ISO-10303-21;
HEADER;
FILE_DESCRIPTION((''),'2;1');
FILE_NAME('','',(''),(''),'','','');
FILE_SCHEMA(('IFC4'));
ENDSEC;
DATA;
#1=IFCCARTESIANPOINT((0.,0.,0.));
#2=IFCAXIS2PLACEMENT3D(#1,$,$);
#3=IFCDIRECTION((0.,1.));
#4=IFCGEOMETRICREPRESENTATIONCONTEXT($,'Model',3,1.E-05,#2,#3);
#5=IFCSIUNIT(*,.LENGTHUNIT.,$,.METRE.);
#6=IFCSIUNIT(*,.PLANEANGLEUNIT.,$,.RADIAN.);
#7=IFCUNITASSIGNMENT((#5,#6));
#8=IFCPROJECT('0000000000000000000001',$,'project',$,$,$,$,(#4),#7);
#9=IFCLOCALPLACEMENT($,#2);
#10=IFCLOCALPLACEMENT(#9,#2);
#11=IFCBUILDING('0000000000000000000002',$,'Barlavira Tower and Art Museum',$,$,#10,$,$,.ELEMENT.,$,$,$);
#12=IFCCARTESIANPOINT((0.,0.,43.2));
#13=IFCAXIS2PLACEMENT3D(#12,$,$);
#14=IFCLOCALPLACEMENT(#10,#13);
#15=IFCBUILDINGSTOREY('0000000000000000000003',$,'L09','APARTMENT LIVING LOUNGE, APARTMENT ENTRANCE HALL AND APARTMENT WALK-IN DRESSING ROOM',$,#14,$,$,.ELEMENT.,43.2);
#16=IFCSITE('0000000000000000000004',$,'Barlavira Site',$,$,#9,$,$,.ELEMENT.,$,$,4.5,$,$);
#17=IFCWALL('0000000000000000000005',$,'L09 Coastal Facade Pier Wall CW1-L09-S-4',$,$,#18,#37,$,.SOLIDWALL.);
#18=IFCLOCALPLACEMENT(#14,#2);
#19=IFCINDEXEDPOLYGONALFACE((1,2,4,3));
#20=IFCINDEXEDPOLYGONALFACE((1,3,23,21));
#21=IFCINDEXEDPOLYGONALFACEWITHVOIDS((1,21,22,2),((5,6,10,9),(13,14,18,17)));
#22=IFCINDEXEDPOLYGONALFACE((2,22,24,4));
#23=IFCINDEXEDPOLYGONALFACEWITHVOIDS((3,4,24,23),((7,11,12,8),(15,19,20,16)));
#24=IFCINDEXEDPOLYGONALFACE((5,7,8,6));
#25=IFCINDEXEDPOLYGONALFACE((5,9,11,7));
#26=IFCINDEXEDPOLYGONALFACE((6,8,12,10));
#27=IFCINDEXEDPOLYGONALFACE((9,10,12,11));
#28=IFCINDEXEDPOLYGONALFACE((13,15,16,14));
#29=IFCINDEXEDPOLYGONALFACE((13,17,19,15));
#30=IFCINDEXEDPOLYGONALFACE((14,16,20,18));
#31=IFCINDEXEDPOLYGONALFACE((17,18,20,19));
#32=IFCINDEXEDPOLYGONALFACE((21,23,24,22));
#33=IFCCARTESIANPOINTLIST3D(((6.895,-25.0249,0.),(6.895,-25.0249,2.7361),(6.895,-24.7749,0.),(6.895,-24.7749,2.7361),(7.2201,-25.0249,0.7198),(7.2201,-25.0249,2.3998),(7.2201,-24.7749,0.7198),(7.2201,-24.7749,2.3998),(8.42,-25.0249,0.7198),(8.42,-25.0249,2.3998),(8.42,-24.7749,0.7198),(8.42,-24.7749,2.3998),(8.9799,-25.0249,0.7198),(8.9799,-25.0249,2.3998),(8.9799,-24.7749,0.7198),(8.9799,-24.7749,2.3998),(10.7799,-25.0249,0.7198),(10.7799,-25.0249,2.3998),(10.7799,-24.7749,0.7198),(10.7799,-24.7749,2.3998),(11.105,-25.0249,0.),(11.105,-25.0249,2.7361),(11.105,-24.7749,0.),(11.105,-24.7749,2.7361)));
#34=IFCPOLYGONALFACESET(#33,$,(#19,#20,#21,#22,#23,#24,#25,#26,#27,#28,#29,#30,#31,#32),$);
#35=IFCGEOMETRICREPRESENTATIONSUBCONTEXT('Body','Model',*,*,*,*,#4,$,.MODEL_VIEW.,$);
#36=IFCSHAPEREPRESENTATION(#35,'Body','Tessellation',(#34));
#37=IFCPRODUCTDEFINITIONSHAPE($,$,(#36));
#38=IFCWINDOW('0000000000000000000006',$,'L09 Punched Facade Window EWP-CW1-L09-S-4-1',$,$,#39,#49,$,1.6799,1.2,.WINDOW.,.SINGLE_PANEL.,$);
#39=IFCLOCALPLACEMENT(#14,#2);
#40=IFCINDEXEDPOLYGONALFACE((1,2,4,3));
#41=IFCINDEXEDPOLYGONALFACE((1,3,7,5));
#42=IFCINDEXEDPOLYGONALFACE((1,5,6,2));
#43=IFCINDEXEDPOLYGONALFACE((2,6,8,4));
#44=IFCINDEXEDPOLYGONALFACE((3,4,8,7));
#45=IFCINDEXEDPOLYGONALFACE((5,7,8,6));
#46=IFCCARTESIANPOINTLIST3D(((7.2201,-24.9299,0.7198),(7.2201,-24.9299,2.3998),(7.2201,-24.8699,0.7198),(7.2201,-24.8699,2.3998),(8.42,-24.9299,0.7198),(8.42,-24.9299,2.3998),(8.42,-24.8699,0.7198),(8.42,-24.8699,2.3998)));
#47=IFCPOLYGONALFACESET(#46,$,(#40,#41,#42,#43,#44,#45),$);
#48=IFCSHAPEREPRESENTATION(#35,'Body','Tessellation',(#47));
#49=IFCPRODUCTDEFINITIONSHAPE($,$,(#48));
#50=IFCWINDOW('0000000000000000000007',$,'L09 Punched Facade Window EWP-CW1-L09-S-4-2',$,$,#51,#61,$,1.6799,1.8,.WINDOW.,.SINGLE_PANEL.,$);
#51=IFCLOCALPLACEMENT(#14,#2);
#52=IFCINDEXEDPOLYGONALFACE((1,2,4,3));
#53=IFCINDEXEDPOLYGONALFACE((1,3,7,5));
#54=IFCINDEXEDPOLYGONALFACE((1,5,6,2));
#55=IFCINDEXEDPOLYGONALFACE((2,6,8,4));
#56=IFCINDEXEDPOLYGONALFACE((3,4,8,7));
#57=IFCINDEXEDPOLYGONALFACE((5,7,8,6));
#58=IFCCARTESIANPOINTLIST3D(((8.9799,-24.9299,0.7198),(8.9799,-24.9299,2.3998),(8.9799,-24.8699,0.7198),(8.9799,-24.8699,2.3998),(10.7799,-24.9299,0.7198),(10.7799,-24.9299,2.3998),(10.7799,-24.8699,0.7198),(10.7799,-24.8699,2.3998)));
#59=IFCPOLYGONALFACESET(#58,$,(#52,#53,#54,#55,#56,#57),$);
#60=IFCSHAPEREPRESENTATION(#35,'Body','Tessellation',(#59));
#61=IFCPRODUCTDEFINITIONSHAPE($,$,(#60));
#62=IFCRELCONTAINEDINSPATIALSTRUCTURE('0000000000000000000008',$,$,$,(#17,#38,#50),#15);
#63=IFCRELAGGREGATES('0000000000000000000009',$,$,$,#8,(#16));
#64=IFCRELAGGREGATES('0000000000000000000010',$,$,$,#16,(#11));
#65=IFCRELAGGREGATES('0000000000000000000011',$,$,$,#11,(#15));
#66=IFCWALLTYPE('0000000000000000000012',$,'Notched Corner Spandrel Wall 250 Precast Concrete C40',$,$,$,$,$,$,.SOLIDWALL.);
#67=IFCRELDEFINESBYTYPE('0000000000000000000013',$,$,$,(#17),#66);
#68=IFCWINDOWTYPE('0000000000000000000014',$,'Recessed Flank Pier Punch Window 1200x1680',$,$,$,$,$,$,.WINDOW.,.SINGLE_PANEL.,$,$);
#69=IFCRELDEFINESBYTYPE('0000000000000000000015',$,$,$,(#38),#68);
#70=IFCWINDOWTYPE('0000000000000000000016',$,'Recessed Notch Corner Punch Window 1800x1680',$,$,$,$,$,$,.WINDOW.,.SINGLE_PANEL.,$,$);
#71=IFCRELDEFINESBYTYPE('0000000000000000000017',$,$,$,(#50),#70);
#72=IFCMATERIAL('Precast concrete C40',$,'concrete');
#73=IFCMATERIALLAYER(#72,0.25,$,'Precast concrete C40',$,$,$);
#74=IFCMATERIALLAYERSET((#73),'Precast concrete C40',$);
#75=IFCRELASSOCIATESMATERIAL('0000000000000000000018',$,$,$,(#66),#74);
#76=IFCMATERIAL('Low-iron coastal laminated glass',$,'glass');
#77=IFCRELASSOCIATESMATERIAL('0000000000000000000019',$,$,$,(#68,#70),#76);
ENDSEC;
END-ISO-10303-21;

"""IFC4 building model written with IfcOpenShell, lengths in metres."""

from ifc_helpers import new_model, si_unit, direction, frame, frame_2d, origin, place, context, subcontext, project, spatial, rectangle, extrude, material, layer, layer_set, type_object, element, fill, save


model = new_model("IFC4")

# Units and contexts
model_context = context("Model", 3, precision=1e-05, world=origin(), true_north=direction((0.0, 1.0)))
body_context = subcontext(model_context, "Body", "Model", "MODEL_VIEW")
ifc_project = project(units=[si_unit("LENGTHUNIT", "METRE"), si_unit("PLANEANGLEUNIT", "RADIAN")], contexts=[model_context])

# Site, building, storey
site_placement = place(None, origin())
site = spatial("IfcSite", under=ifc_project, at=site_placement, Name="Barlavira Site", CompositionType="ELEMENT", RefElevation=4.5)
building_placement = place(site_placement, origin())
building = spatial("IfcBuilding", under=site, at=building_placement, Name="Barlavira Tower and Art Museum", CompositionType="ELEMENT")
storey_placement = place(building_placement, frame((0.0, 0.0, 43.2)))
storey = spatial("IfcBuildingStorey", under=building, at=storey_placement, Name="L09", Description="APARTMENT LIVING LOUNGE, APARTMENT ENTRANCE HALL AND APARTMENT WALK-IN DRESSING ROOM", CompositionType="ELEMENT", Elevation=43.2)

# Shared definitions
ifc_material_1 = material(Name="Low-iron coastal laminated glass", Category="glass")

# Wall, openings, windows
ifc_material_2 = material(Name="Precast concrete C40", Category="concrete")
ifc_layer_1 = layer(ifc_material_2, 0.25, Name="Precast concrete C40")
ifc_layer_set_1 = layer_set([ifc_layer_1], Name="Precast concrete C40")
wall_type_1 = type_object("IfcWallType", Name="Notched Corner Spandrel Wall 250 Precast Concrete C40", PredefinedType="SOLIDWALL", material=ifc_layer_set_1)
wall_1_placement = place(storey_placement, frame((6.895, -24.8999, 0.0), z_axis=(0.0, 0.0, 1.0), x_axis=(1.0, 0.0, 0.0)))
wall_1 = element("IfcWall", 1, at=wall_1_placement, inside=storey, type_object=wall_type_1, Name="L09 Coastal Facade Pier Wall CW1-L09-S-4", PredefinedType="SOLIDWALL", context=body_context, shape_type="SweptSolid", body=[
    extrude(rectangle(XDim=4.21, YDim=0.25, at=frame_2d((2.105, 0.0))), origin(), (0.0, 0.0, 1.0), 2.7361),
])
opening_1_placement = place(wall_1_placement, frame((0.325, 0.0, 0.72)))
opening_1 = element("IfcOpeningElement", 2, at=opening_1_placement, cuts=wall_1, PredefinedType="OPENING", context=body_context, shape_type="SweptSolid", body=[
    extrude(rectangle(XDim=1.2, YDim=1.6799, at=frame_2d((0.6001, 0.8398))), frame((0.0, 0.135, 0.0), z_axis=(0.0, -1.0, 0.0), x_axis=(1.0, 0.0, 0.0)), (0.0, 0.0, 1.0), 0.27),
])
opening_2_placement = place(wall_1_placement, frame((2.085, 0.0, 0.72)))
opening_2 = element("IfcOpeningElement", 3, at=opening_2_placement, cuts=wall_1, PredefinedType="OPENING", context=body_context, shape_type="SweptSolid", body=[
    extrude(rectangle(XDim=1.8, YDim=1.6799, at=frame_2d((0.8999, 0.8398))), frame((0.0, 0.135, 0.0), z_axis=(0.0, -1.0, 0.0), x_axis=(1.0, 0.0, 0.0)), (0.0, 0.0, 1.0), 0.27),
])
window_type_1 = type_object("IfcWindowType", Name="Recessed Flank Pier Punch Window 1200x1680", PartitioningType="SINGLE_PANEL", PredefinedType="WINDOW", material=ifc_material_1)
window_1_placement = place(opening_1_placement, origin())
window_1 = element("IfcWindow", 4, at=window_1_placement, inside=storey, type_object=window_type_1, Name="L09 Punched Facade Window EWP-CW1-L09-S-4-1", OverallHeight=1.6799, OverallWidth=1.2, PartitioningType="SINGLE_PANEL", PredefinedType="WINDOW", context=body_context, shape_type="SweptSolid", body=[
    extrude(rectangle(XDim=1.2, YDim=1.6799, at=frame_2d((0.6001, 0.8398))), frame((0.0, 0.03, 0.0), z_axis=(0.0, -1.0, 0.0), x_axis=(1.0, 0.0, 0.0)), (0.0, 0.0, 1.0), 0.0601),
])
fill(opening_1, window_1)
window_type_2 = type_object("IfcWindowType", Name="Recessed Notch Corner Punch Window 1800x1680", PartitioningType="SINGLE_PANEL", PredefinedType="WINDOW", material=ifc_material_1)
window_2_placement = place(opening_2_placement, origin())
window_2 = element("IfcWindow", 5, at=window_2_placement, inside=storey, type_object=window_type_2, Name="L09 Punched Facade Window EWP-CW1-L09-S-4-2", OverallHeight=1.6799, OverallWidth=1.8, PartitioningType="SINGLE_PANEL", PredefinedType="WINDOW", context=body_context, shape_type="SweptSolid", body=[
    extrude(rectangle(XDim=1.8, YDim=1.6799, at=frame_2d((0.8999, 0.8398))), frame((0.0, 0.03, 0.0), z_axis=(0.0, -1.0, 0.0), x_axis=(1.0, 0.0, 0.0)), (0.0, 0.0, 1.0), 0.0601),
])
fill(opening_2, window_2)

save(model, "model.ifc")
